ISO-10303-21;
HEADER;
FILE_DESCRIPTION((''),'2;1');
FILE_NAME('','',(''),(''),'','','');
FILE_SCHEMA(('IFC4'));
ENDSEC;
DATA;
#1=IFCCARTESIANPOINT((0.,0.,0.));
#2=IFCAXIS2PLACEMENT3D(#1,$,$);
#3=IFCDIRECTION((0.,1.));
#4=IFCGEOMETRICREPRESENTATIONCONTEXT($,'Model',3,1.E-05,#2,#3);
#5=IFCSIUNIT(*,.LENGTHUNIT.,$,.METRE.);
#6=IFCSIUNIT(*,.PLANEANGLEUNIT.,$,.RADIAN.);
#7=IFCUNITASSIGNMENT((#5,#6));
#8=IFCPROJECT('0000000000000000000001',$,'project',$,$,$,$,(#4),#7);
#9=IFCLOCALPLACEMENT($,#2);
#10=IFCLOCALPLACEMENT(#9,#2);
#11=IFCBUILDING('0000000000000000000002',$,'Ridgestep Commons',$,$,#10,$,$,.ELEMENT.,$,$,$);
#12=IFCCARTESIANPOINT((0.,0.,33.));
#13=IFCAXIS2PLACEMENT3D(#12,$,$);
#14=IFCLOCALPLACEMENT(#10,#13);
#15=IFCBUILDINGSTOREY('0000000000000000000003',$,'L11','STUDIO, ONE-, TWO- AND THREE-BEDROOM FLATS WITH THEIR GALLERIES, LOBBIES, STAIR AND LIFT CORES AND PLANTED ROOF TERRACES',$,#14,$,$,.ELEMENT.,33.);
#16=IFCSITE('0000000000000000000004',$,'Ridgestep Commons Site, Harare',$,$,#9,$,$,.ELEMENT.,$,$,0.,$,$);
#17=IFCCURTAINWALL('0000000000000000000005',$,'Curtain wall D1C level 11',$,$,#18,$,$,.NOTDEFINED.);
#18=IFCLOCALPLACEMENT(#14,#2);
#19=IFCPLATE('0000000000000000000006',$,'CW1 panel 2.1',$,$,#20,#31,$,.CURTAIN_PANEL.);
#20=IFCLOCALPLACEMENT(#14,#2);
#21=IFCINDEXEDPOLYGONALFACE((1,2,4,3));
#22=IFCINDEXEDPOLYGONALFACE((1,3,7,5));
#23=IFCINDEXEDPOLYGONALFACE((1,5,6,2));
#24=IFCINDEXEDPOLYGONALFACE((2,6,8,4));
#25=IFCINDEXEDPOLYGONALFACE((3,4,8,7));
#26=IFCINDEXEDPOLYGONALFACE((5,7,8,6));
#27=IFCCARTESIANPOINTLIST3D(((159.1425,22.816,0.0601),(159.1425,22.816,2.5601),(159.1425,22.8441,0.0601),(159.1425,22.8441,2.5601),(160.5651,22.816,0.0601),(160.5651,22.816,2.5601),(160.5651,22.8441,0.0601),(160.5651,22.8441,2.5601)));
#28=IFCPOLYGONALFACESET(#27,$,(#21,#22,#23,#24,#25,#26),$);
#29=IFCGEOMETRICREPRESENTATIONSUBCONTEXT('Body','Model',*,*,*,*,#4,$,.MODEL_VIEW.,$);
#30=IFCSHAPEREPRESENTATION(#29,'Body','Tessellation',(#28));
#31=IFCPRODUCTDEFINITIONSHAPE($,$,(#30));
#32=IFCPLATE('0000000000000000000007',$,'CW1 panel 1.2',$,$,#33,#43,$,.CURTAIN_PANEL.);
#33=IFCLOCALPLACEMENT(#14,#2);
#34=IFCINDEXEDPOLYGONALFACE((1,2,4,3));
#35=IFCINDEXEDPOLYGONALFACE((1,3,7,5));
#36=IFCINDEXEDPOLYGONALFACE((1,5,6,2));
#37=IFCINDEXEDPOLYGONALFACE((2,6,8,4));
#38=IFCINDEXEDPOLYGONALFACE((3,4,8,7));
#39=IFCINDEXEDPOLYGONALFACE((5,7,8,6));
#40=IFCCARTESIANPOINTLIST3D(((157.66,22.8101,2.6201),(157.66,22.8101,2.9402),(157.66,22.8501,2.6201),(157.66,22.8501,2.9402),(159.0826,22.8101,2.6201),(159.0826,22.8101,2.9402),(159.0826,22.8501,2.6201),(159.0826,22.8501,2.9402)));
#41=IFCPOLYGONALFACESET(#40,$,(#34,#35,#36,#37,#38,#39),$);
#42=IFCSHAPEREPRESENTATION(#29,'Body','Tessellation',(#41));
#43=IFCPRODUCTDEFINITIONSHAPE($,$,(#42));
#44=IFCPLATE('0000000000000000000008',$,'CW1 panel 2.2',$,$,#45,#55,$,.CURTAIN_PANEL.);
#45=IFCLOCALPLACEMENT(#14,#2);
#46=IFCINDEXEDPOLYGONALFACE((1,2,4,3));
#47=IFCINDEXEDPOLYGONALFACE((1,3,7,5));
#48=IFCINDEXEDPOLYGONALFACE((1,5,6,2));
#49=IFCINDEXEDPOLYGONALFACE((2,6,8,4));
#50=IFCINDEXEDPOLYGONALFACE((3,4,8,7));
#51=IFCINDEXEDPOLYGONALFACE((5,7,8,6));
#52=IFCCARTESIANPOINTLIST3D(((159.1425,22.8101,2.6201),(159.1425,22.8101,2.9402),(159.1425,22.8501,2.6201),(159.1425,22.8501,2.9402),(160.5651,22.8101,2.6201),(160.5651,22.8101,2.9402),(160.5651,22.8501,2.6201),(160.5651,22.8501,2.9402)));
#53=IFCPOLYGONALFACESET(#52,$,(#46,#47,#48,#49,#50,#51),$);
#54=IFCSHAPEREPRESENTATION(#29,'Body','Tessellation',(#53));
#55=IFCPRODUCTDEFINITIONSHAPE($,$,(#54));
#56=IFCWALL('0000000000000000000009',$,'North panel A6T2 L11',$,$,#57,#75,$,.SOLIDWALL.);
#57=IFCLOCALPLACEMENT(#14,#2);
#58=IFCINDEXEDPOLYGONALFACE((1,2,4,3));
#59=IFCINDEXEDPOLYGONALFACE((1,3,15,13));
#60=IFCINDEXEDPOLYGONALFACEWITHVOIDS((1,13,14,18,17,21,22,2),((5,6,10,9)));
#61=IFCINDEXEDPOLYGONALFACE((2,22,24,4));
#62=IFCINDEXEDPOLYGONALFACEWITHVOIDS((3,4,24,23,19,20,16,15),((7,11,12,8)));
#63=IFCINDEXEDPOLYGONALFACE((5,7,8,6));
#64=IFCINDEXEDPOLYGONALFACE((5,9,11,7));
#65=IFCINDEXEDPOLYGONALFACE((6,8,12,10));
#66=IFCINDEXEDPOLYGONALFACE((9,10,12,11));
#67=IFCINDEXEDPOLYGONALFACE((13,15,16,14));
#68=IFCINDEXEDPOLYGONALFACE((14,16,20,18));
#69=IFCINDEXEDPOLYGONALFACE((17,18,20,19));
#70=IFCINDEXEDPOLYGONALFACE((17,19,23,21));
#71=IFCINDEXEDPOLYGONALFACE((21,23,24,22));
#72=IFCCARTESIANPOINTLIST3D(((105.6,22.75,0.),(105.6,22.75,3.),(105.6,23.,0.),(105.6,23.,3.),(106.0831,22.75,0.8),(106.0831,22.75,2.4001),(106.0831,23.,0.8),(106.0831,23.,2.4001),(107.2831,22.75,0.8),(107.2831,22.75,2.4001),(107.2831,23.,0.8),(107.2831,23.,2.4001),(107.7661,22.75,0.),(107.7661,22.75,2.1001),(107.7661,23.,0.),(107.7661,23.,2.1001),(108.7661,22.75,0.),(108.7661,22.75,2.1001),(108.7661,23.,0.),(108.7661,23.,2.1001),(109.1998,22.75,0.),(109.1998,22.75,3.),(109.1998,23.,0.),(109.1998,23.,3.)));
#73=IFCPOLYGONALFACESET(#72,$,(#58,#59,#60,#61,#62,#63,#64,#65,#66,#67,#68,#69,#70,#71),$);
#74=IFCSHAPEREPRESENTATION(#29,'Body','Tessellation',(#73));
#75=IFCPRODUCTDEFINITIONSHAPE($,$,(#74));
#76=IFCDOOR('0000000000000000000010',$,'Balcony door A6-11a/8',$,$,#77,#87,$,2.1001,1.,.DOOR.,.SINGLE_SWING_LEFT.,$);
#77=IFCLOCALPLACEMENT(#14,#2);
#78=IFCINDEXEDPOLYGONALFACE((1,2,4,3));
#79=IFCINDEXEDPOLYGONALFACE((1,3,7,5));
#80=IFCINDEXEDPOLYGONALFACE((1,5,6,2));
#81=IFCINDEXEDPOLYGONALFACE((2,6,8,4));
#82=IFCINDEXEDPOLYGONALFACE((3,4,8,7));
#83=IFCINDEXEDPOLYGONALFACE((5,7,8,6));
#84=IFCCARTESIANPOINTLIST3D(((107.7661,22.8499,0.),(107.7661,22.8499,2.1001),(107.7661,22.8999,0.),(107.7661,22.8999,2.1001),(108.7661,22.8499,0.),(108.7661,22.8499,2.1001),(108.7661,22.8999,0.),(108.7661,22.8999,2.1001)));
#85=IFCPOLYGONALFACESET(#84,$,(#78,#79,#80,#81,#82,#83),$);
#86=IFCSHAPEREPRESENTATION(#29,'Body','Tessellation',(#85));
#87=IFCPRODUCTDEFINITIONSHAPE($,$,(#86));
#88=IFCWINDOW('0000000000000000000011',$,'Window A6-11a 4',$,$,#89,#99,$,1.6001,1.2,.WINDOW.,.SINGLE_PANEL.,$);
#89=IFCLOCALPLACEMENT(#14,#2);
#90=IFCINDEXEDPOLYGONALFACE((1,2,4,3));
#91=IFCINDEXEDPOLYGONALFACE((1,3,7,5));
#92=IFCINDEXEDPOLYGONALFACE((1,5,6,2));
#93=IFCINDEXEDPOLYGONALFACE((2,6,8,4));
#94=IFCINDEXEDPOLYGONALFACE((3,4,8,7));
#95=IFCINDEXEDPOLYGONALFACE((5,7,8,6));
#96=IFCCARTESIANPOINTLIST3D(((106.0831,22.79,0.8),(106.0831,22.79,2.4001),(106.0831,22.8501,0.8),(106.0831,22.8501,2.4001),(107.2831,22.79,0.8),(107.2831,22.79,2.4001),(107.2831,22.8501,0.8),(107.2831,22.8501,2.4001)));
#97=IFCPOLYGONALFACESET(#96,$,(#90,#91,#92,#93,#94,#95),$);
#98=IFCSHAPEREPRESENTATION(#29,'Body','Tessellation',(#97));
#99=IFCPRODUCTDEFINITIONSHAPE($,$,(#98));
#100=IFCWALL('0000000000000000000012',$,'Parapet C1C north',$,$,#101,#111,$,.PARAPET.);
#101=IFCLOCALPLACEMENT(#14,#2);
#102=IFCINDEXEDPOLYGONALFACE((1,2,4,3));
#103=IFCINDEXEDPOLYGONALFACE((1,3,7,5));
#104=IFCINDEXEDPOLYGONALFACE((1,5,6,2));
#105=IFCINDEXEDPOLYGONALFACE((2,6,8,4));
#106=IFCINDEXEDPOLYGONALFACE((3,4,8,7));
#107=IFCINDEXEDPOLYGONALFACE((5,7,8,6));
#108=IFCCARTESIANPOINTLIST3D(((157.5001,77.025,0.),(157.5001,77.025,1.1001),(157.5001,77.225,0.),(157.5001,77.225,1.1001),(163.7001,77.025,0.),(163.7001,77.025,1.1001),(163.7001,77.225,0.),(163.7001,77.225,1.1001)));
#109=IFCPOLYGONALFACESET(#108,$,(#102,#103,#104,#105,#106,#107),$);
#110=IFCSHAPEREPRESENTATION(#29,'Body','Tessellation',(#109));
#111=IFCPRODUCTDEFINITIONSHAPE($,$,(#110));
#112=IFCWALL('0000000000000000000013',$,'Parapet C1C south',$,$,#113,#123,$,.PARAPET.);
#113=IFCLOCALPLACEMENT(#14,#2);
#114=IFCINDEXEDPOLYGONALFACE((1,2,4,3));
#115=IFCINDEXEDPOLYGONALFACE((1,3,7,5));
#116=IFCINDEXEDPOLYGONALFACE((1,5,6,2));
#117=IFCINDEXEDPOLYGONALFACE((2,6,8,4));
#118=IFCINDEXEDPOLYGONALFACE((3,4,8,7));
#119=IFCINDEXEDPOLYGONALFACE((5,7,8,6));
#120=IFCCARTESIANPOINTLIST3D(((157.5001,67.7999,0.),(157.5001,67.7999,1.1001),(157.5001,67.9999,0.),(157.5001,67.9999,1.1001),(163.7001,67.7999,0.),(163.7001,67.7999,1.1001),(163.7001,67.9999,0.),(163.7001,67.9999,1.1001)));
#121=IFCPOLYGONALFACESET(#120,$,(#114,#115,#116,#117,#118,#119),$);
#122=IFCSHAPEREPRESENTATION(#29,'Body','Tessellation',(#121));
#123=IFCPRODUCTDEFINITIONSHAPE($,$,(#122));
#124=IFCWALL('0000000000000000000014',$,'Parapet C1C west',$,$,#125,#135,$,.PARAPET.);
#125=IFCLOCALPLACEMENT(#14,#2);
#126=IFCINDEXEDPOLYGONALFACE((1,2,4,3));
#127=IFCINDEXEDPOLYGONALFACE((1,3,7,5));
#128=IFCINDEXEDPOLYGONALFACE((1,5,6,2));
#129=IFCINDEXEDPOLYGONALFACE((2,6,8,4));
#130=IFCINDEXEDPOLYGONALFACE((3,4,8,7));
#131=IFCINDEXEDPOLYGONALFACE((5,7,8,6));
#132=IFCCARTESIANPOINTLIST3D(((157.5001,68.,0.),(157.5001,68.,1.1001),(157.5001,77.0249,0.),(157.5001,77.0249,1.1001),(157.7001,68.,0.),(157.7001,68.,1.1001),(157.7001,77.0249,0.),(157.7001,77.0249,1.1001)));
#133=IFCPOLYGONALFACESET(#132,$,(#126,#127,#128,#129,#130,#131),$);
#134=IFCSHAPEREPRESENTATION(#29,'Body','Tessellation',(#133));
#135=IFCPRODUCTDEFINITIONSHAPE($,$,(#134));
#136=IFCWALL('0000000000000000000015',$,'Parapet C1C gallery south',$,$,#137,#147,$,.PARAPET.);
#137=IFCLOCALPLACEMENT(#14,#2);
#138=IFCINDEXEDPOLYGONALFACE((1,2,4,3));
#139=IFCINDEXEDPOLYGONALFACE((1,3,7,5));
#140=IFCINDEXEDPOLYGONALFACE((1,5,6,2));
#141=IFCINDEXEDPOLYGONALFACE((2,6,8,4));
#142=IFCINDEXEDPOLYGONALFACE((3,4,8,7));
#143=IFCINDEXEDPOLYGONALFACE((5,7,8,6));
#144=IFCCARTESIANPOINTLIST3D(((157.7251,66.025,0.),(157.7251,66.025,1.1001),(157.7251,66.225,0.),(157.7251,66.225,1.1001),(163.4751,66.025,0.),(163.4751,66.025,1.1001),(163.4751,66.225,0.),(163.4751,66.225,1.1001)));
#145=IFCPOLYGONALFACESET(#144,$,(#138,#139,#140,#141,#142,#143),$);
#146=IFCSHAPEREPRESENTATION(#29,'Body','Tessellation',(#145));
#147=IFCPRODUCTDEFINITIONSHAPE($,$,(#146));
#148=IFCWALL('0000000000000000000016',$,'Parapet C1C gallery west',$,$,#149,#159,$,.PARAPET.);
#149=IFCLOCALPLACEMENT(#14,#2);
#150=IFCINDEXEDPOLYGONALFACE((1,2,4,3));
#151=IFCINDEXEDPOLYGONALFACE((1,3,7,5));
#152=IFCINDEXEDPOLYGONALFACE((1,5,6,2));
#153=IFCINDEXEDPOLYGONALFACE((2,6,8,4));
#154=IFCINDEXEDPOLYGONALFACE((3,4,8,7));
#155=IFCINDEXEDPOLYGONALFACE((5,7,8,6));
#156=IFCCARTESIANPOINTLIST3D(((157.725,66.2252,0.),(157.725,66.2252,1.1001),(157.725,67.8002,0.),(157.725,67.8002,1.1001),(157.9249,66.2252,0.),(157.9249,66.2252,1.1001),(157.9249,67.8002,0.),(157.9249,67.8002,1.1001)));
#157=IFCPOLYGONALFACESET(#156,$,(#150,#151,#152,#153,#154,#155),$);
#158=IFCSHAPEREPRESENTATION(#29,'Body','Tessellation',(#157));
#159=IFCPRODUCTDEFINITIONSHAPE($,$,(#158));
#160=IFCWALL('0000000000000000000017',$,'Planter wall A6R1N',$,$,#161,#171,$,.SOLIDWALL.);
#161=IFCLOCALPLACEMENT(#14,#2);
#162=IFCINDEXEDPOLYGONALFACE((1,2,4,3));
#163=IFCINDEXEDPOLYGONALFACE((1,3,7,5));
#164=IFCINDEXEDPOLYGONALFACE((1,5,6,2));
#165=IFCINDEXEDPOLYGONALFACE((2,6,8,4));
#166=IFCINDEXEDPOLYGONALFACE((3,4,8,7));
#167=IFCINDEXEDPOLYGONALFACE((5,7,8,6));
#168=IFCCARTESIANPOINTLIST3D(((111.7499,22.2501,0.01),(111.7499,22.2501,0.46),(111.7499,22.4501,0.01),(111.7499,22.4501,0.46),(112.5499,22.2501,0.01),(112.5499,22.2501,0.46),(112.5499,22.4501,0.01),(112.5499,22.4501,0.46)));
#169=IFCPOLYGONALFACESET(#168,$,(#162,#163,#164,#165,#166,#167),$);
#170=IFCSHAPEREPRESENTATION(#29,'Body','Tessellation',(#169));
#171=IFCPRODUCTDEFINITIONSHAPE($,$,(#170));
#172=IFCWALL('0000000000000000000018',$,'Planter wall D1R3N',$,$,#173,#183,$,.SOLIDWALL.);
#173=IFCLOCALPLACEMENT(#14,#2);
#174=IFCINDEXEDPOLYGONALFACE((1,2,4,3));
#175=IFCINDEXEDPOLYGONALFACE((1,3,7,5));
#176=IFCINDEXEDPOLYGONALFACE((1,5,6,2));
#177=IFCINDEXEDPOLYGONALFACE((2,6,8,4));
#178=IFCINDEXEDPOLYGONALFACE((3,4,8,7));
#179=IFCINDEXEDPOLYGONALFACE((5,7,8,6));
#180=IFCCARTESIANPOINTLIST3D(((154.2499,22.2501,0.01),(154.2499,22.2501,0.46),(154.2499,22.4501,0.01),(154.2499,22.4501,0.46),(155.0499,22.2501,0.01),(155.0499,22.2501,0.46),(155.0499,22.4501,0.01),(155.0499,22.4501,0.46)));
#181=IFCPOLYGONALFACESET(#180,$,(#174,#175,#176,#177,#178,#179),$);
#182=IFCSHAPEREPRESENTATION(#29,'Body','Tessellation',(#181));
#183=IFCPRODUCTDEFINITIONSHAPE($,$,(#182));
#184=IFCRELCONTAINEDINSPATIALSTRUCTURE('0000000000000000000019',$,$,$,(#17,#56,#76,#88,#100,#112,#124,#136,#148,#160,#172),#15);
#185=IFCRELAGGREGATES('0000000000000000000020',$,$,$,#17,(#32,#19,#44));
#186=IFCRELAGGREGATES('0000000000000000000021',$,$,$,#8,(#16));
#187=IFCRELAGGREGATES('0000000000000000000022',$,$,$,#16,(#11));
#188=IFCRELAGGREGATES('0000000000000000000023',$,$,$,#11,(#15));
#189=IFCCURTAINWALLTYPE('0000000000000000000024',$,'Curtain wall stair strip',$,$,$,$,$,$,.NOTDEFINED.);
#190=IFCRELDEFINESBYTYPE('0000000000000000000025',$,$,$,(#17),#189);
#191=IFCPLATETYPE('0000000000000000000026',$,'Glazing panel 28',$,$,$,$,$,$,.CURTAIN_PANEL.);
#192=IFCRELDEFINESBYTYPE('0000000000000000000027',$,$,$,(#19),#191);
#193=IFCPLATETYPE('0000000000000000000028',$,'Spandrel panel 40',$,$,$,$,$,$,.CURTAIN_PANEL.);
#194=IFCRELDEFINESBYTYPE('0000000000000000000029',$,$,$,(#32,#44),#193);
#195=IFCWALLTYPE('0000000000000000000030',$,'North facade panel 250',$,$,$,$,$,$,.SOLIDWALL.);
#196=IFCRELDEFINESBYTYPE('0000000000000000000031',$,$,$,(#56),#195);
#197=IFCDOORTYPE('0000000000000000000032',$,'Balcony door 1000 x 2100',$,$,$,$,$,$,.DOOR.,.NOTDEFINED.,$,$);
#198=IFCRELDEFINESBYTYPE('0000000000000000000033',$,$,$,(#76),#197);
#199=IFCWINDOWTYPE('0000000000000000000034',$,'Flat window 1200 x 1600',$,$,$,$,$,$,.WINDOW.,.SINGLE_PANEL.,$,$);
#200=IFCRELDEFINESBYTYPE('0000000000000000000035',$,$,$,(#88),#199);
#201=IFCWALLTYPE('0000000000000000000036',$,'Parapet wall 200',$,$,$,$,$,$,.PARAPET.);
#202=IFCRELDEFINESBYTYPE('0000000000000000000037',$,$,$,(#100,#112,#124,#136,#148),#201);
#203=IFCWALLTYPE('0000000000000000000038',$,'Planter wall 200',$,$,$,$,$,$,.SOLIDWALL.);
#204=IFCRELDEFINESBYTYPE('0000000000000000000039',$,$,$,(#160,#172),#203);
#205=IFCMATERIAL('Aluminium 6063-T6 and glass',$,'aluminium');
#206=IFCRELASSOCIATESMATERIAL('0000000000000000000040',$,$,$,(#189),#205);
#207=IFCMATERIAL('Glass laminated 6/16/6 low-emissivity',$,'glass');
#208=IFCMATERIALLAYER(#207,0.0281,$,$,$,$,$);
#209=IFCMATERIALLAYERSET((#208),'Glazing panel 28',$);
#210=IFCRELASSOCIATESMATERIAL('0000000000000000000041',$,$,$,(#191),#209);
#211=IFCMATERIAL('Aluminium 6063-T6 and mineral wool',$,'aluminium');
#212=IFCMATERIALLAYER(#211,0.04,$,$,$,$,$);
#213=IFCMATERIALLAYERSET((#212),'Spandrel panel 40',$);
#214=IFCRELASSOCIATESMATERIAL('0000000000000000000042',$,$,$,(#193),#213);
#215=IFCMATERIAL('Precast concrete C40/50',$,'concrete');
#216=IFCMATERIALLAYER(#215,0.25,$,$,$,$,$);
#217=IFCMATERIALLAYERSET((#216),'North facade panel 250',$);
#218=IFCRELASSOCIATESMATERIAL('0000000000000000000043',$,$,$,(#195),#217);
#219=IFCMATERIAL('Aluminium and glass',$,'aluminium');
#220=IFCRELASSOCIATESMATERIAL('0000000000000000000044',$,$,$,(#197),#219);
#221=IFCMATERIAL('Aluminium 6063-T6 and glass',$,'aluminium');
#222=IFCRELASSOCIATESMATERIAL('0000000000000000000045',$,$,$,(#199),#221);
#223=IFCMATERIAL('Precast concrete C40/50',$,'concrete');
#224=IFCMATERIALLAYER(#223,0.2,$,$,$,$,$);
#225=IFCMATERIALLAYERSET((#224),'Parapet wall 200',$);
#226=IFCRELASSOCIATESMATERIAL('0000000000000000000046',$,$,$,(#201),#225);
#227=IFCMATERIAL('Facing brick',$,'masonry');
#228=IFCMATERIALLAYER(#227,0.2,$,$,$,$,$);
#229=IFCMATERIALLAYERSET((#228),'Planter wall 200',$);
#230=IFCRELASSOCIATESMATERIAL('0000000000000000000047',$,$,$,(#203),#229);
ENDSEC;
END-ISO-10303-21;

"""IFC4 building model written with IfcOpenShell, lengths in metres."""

from ifc_helpers import new_model, si_unit, direction, frame, frame_2d, origin, origin_2d, place, context, subcontext, project, spatial, rectangle, extrude, material, layer, layer_set, type_object, element, fill, aggregate, save


model = new_model("IFC4")

# Units and contexts
model_context = context("Model", 3, precision=1e-05, world=origin(), true_north=direction((0.0, 1.0)))
body_context = subcontext(model_context, "Body", "Model", "MODEL_VIEW")
ifc_project = project(units=[si_unit("LENGTHUNIT", "METRE"), si_unit("PLANEANGLEUNIT", "RADIAN")], contexts=[model_context])

# Site, building, storey
site_placement = place(None, origin())
site = spatial("IfcSite", under=ifc_project, at=site_placement, Name="Ridgestep Commons Site, Harare", CompositionType="ELEMENT", RefElevation=0.0)
building_placement = place(site_placement, origin())
building = spatial("IfcBuilding", under=site, at=building_placement, Name="Ridgestep Commons", CompositionType="ELEMENT")
storey_placement = place(building_placement, frame((0.0, 0.0, 33.0)))
storey = spatial("IfcBuildingStorey", under=building, at=storey_placement, Name="L11", Description="STUDIO, ONE-, TWO- AND THREE-BEDROOM FLATS WITH THEIR GALLERIES, LOBBIES, STAIR AND LIFT CORES AND PLANTED ROOF TERRACES", CompositionType="ELEMENT", Elevation=33.0)

# Curtain wall, plates
ifc_material_1 = material(Name="Aluminium 6063-T6 and glass", Category="aluminium")
curtain_wall_type = type_object("IfcCurtainWallType", Name="Curtain wall stair strip", PredefinedType="NOTDEFINED", material=ifc_material_1)
curtain_wall_placement = place(storey_placement, origin())
curtain_wall = element("IfcCurtainWall", 1, at=curtain_wall_placement, inside=storey, type_object=curtain_wall_type, Name="Curtain wall D1C level 11", PredefinedType="NOTDEFINED")
ifc_material_2 = material(Name="Glass laminated 6/16/6 low-emissivity", Category="glass")
ifc_layer_1 = layer(ifc_material_2, 0.0281)
ifc_layer_set_1 = layer_set([ifc_layer_1], Name="Glazing panel 28")
plate_type_1 = type_object("IfcPlateType", Name="Glazing panel 28", PredefinedType="CURTAIN_PANEL", material=ifc_layer_set_1)
plate_1_placement = place(storey_placement, frame((159.8538, 22.8301, 0.0601), z_axis=(0.0, 0.0, 1.0), x_axis=(1.0, 0.0, 0.0)))
plate_1 = element("IfcPlate", 2, at=plate_1_placement, type_object=plate_type_1, Name="CW1 panel 2.1", PredefinedType="CURTAIN_PANEL", context=body_context, shape_type="SweptSolid", body=[
    extrude(rectangle(XDim=1.4226, YDim=0.0281, at=origin_2d()), origin(), (0.0, 0.0, 1.0), 2.5),
])
ifc_material_3 = material(Name="Aluminium 6063-T6 and mineral wool", Category="aluminium")
ifc_layer_2 = layer(ifc_material_3, 0.04)
ifc_layer_set_2 = layer_set([ifc_layer_2], Name="Spandrel panel 40")
plate_type_2 = type_object("IfcPlateType", Name="Spandrel panel 40", PredefinedType="CURTAIN_PANEL", material=ifc_layer_set_2)
plate_2_placement = place(storey_placement, frame((158.3713, 22.8301, 2.6201), z_axis=(0.0, 0.0, 1.0), x_axis=(1.0, 0.0, 0.0)))
plate_2 = element("IfcPlate", 3, at=plate_2_placement, type_object=plate_type_2, Name="CW1 panel 1.2", PredefinedType="CURTAIN_PANEL", context=body_context, shape_type="SweptSolid", body=[
    extrude(rectangle(XDim=1.4226, YDim=0.04, at=origin_2d()), origin(), (0.0, 0.0, 1.0), 0.3201),
])
plate_3_placement = place(storey_placement, frame((159.8538, 22.8301, 2.6201), z_axis=(0.0, 0.0, 1.0), x_axis=(1.0, 0.0, 0.0)))
plate_3 = element("IfcPlate", 4, at=plate_3_placement, type_object=plate_type_2, Name="CW1 panel 2.2", PredefinedType="CURTAIN_PANEL", context=body_context, shape_type="SweptSolid", body=[
    extrude(rectangle(XDim=1.4226, YDim=0.04, at=origin_2d()), origin(), (0.0, 0.0, 1.0), 0.3201),
])
aggregate(curtain_wall, [plate_2, plate_1, plate_3])

# Wall, openings, door, window
ifc_material_4 = material(Name="Precast concrete C40/50", Category="concrete")
ifc_layer_3 = layer(ifc_material_4, 0.25)
ifc_layer_set_3 = layer_set([ifc_layer_3], Name="North facade panel 250")
wall_type_1 = type_object("IfcWallType", Name="North facade panel 250", PredefinedType="SOLIDWALL", material=ifc_layer_set_3)
wall_1_placement = place(storey_placement, frame((105.6001, 22.875, 0.0), z_axis=(0.0, 0.0, 1.0), x_axis=(1.0, 0.0, 0.0)))
wall_1 = element("IfcWall", 5, at=wall_1_placement, inside=storey, type_object=wall_type_1, Name="North panel A6T2 L11", PredefinedType="SOLIDWALL", context=body_context, shape_type="SweptSolid", body=[
    extrude(rectangle(XDim=3.5999, YDim=0.25, at=frame_2d((1.7998, 0.0))), origin(), (0.0, 0.0, 1.0), 3.0),
])
opening_1_placement = place(wall_1_placement, frame((0.4829, 0.0, 0.8)))
opening_1 = element("IfcOpeningElement", 6, at=opening_1_placement, cuts=wall_1, PredefinedType="OPENING", context=body_context, shape_type="SweptSolid", body=[
    extrude(rectangle(XDim=1.2, YDim=1.6001, at=frame_2d((0.6001, 0.8))), frame((0.0, 0.135, 0.0), z_axis=(0.0, -1.0, 0.0), x_axis=(1.0, 0.0, 0.0)), (0.0, 0.0, 1.0), 0.27),
])
opening_2_placement = place(wall_1_placement, frame((2.166, 0.0, 0.0)))
opening_2 = element("IfcOpeningElement", 7, at=opening_2_placement, cuts=wall_1, PredefinedType="OPENING", context=body_context, shape_type="SweptSolid", body=[
    extrude(rectangle(XDim=1.0, YDim=2.1001, at=frame_2d((0.5, 1.05))), frame((0.0, 0.135, 0.0), z_axis=(0.0, -1.0, 0.0), x_axis=(1.0, 0.0, 0.0)), (0.0, 0.0, 1.0), 0.27),
])
ifc_material_5 = material(Name="Aluminium and glass", Category="aluminium")
door_type = type_object("IfcDoorType", Name="Balcony door 1000 x 2100", OperationType="NOTDEFINED", PredefinedType="DOOR", material=ifc_material_5)
door_placement = place(opening_2_placement, origin())
door = element("IfcDoor", 8, at=door_placement, inside=storey, type_object=door_type, Name="Balcony door A6-11a/8", OperationType="SINGLE_SWING_LEFT", OverallHeight=2.1001, OverallWidth=1.0, PredefinedType="DOOR", context=body_context, shape_type="SweptSolid", body=[
    extrude(rectangle(XDim=1.0, YDim=2.1001, at=frame_2d((0.5, 1.05))), frame((0.0, 0.0249, 0.0), z_axis=(0.0, -1.0, 0.0), x_axis=(1.0, 0.0, 0.0)), (0.0, 0.0, 1.0), 0.05),
])
fill(opening_2, door)
ifc_material_6 = material(Name="Aluminium 6063-T6 and glass", Category="aluminium")
window_type = type_object("IfcWindowType", Name="Flat window 1200 x 1600", PartitioningType="SINGLE_PANEL", PredefinedType="WINDOW", material=ifc_material_6)
window_placement = place(opening_1_placement, origin())
window = element("IfcWindow", 9, at=window_placement, inside=storey, type_object=window_type, Name="Window A6-11a 4", OverallHeight=1.6001, OverallWidth=1.2, PartitioningType="SINGLE_PANEL", PredefinedType="WINDOW", context=body_context, shape_type="SweptSolid", body=[
    extrude(rectangle(XDim=1.2, YDim=1.6001, at=frame_2d((0.6001, 0.8))), frame((0.0, -0.0249, 0.0), z_axis=(0.0, -1.0, 0.0), x_axis=(1.0, 0.0, 0.0)), (0.0, 0.0, 1.0), 0.0601),
])
fill(opening_1, window)

# Walls
ifc_material_7 = material(Name="Precast concrete C40/50", Category="concrete")
ifc_layer_4 = layer(ifc_material_7, 0.2)
ifc_layer_set_4 = layer_set([ifc_layer_4], Name="Parapet wall 200")
wall_type_2 = type_object("IfcWallType", Name="Parapet wall 200", PredefinedType="PARAPET", material=ifc_layer_set_4)
for number, where, z_axis, x_axis, name in (
    (10, (157.5, 77.125, 0.0), (0.0, 0.0, 1.0), (1.0, 0.0, 0.0), "Parapet C1C north"),
    (11, (157.5, 67.8999, 0.0), (0.0, 0.0, 1.0), (1.0, 0.0, 0.0), "Parapet C1C south"),
):
    element("IfcWall", number, at=place(storey_placement, frame(where, z_axis=z_axis, x_axis=x_axis)), inside=storey, type_object=wall_type_2, Name=name, PredefinedType="PARAPET", context=body_context, shape_type="SweptSolid", body=[
        extrude(rectangle(XDim=6.2, YDim=0.2, at=frame_2d((3.1001, 0.0))), origin(), (0.0, 0.0, 1.0), 1.1001),
    ])
wall_2_placement = place(storey_placement, frame((157.6001, 68.0, 0.0), z_axis=(0.0, 0.0, 1.0), x_axis=(0.0, 1.0, 0.0)))
element("IfcWall", 12, at=wall_2_placement, inside=storey, type_object=wall_type_2, Name="Parapet C1C west", PredefinedType="PARAPET", context=body_context, shape_type="SweptSolid", body=[
    extrude(rectangle(XDim=9.0249, YDim=0.2, at=frame_2d((4.5125, 0.0))), origin(), (0.0, 0.0, 1.0), 1.1001),
])
wall_3_placement = place(storey_placement, frame((157.7251, 66.125, 0.0), z_axis=(0.0, 0.0, 1.0), x_axis=(1.0, 0.0, 0.0)))
element("IfcWall", 13, at=wall_3_placement, inside=storey, type_object=wall_type_2, Name="Parapet C1C gallery south", PredefinedType="PARAPET", context=body_context, shape_type="SweptSolid", body=[
    extrude(rectangle(XDim=5.75, YDim=0.2, at=frame_2d((2.875, 0.0))), origin(), (0.0, 0.0, 1.0), 1.1001),
])
wall_4_placement = place(storey_placement, frame((157.825, 66.2251, 0.0), z_axis=(0.0, 0.0, 1.0), x_axis=(0.0, 1.0, 0.0)))
element("IfcWall", 14, at=wall_4_placement, inside=storey, type_object=wall_type_2, Name="Parapet C1C gallery west", PredefinedType="PARAPET", context=body_context, shape_type="SweptSolid", body=[
    extrude(rectangle(XDim=1.575, YDim=0.2, at=frame_2d((0.7876, 0.0))), origin(), (0.0, 0.0, 1.0), 1.1001),
])
ifc_material_8 = material(Name="Facing brick", Category="masonry")
ifc_layer_5 = layer(ifc_material_8, 0.2)
ifc_layer_set_5 = layer_set([ifc_layer_5], Name="Planter wall 200")
wall_type_3 = type_object("IfcWallType", Name="Planter wall 200", PredefinedType="SOLIDWALL", material=ifc_layer_set_5)
for number, where, z_axis, x_axis, name in (
    (15, (111.75, 22.3501, 0.01), (0.0, 0.0, 1.0), (1.0, 0.0, 0.0), "Planter wall A6R1N"),
    (16, (154.25, 22.3501, 0.01), (0.0, 0.0, 1.0), (1.0, 0.0, 0.0), "Planter wall D1R3N"),
):
    element("IfcWall", number, at=place(storey_placement, frame(where, z_axis=z_axis, x_axis=x_axis)), inside=storey, type_object=wall_type_3, Name=name, PredefinedType="SOLIDWALL", context=body_context, shape_type="SweptSolid", body=[
        extrude(rectangle(XDim=0.8, YDim=0.2, at=frame_2d((0.3999, 0.0))), origin(), (0.0, 0.0, 1.0), 0.45),
    ])

save(model, "model.ifc")
